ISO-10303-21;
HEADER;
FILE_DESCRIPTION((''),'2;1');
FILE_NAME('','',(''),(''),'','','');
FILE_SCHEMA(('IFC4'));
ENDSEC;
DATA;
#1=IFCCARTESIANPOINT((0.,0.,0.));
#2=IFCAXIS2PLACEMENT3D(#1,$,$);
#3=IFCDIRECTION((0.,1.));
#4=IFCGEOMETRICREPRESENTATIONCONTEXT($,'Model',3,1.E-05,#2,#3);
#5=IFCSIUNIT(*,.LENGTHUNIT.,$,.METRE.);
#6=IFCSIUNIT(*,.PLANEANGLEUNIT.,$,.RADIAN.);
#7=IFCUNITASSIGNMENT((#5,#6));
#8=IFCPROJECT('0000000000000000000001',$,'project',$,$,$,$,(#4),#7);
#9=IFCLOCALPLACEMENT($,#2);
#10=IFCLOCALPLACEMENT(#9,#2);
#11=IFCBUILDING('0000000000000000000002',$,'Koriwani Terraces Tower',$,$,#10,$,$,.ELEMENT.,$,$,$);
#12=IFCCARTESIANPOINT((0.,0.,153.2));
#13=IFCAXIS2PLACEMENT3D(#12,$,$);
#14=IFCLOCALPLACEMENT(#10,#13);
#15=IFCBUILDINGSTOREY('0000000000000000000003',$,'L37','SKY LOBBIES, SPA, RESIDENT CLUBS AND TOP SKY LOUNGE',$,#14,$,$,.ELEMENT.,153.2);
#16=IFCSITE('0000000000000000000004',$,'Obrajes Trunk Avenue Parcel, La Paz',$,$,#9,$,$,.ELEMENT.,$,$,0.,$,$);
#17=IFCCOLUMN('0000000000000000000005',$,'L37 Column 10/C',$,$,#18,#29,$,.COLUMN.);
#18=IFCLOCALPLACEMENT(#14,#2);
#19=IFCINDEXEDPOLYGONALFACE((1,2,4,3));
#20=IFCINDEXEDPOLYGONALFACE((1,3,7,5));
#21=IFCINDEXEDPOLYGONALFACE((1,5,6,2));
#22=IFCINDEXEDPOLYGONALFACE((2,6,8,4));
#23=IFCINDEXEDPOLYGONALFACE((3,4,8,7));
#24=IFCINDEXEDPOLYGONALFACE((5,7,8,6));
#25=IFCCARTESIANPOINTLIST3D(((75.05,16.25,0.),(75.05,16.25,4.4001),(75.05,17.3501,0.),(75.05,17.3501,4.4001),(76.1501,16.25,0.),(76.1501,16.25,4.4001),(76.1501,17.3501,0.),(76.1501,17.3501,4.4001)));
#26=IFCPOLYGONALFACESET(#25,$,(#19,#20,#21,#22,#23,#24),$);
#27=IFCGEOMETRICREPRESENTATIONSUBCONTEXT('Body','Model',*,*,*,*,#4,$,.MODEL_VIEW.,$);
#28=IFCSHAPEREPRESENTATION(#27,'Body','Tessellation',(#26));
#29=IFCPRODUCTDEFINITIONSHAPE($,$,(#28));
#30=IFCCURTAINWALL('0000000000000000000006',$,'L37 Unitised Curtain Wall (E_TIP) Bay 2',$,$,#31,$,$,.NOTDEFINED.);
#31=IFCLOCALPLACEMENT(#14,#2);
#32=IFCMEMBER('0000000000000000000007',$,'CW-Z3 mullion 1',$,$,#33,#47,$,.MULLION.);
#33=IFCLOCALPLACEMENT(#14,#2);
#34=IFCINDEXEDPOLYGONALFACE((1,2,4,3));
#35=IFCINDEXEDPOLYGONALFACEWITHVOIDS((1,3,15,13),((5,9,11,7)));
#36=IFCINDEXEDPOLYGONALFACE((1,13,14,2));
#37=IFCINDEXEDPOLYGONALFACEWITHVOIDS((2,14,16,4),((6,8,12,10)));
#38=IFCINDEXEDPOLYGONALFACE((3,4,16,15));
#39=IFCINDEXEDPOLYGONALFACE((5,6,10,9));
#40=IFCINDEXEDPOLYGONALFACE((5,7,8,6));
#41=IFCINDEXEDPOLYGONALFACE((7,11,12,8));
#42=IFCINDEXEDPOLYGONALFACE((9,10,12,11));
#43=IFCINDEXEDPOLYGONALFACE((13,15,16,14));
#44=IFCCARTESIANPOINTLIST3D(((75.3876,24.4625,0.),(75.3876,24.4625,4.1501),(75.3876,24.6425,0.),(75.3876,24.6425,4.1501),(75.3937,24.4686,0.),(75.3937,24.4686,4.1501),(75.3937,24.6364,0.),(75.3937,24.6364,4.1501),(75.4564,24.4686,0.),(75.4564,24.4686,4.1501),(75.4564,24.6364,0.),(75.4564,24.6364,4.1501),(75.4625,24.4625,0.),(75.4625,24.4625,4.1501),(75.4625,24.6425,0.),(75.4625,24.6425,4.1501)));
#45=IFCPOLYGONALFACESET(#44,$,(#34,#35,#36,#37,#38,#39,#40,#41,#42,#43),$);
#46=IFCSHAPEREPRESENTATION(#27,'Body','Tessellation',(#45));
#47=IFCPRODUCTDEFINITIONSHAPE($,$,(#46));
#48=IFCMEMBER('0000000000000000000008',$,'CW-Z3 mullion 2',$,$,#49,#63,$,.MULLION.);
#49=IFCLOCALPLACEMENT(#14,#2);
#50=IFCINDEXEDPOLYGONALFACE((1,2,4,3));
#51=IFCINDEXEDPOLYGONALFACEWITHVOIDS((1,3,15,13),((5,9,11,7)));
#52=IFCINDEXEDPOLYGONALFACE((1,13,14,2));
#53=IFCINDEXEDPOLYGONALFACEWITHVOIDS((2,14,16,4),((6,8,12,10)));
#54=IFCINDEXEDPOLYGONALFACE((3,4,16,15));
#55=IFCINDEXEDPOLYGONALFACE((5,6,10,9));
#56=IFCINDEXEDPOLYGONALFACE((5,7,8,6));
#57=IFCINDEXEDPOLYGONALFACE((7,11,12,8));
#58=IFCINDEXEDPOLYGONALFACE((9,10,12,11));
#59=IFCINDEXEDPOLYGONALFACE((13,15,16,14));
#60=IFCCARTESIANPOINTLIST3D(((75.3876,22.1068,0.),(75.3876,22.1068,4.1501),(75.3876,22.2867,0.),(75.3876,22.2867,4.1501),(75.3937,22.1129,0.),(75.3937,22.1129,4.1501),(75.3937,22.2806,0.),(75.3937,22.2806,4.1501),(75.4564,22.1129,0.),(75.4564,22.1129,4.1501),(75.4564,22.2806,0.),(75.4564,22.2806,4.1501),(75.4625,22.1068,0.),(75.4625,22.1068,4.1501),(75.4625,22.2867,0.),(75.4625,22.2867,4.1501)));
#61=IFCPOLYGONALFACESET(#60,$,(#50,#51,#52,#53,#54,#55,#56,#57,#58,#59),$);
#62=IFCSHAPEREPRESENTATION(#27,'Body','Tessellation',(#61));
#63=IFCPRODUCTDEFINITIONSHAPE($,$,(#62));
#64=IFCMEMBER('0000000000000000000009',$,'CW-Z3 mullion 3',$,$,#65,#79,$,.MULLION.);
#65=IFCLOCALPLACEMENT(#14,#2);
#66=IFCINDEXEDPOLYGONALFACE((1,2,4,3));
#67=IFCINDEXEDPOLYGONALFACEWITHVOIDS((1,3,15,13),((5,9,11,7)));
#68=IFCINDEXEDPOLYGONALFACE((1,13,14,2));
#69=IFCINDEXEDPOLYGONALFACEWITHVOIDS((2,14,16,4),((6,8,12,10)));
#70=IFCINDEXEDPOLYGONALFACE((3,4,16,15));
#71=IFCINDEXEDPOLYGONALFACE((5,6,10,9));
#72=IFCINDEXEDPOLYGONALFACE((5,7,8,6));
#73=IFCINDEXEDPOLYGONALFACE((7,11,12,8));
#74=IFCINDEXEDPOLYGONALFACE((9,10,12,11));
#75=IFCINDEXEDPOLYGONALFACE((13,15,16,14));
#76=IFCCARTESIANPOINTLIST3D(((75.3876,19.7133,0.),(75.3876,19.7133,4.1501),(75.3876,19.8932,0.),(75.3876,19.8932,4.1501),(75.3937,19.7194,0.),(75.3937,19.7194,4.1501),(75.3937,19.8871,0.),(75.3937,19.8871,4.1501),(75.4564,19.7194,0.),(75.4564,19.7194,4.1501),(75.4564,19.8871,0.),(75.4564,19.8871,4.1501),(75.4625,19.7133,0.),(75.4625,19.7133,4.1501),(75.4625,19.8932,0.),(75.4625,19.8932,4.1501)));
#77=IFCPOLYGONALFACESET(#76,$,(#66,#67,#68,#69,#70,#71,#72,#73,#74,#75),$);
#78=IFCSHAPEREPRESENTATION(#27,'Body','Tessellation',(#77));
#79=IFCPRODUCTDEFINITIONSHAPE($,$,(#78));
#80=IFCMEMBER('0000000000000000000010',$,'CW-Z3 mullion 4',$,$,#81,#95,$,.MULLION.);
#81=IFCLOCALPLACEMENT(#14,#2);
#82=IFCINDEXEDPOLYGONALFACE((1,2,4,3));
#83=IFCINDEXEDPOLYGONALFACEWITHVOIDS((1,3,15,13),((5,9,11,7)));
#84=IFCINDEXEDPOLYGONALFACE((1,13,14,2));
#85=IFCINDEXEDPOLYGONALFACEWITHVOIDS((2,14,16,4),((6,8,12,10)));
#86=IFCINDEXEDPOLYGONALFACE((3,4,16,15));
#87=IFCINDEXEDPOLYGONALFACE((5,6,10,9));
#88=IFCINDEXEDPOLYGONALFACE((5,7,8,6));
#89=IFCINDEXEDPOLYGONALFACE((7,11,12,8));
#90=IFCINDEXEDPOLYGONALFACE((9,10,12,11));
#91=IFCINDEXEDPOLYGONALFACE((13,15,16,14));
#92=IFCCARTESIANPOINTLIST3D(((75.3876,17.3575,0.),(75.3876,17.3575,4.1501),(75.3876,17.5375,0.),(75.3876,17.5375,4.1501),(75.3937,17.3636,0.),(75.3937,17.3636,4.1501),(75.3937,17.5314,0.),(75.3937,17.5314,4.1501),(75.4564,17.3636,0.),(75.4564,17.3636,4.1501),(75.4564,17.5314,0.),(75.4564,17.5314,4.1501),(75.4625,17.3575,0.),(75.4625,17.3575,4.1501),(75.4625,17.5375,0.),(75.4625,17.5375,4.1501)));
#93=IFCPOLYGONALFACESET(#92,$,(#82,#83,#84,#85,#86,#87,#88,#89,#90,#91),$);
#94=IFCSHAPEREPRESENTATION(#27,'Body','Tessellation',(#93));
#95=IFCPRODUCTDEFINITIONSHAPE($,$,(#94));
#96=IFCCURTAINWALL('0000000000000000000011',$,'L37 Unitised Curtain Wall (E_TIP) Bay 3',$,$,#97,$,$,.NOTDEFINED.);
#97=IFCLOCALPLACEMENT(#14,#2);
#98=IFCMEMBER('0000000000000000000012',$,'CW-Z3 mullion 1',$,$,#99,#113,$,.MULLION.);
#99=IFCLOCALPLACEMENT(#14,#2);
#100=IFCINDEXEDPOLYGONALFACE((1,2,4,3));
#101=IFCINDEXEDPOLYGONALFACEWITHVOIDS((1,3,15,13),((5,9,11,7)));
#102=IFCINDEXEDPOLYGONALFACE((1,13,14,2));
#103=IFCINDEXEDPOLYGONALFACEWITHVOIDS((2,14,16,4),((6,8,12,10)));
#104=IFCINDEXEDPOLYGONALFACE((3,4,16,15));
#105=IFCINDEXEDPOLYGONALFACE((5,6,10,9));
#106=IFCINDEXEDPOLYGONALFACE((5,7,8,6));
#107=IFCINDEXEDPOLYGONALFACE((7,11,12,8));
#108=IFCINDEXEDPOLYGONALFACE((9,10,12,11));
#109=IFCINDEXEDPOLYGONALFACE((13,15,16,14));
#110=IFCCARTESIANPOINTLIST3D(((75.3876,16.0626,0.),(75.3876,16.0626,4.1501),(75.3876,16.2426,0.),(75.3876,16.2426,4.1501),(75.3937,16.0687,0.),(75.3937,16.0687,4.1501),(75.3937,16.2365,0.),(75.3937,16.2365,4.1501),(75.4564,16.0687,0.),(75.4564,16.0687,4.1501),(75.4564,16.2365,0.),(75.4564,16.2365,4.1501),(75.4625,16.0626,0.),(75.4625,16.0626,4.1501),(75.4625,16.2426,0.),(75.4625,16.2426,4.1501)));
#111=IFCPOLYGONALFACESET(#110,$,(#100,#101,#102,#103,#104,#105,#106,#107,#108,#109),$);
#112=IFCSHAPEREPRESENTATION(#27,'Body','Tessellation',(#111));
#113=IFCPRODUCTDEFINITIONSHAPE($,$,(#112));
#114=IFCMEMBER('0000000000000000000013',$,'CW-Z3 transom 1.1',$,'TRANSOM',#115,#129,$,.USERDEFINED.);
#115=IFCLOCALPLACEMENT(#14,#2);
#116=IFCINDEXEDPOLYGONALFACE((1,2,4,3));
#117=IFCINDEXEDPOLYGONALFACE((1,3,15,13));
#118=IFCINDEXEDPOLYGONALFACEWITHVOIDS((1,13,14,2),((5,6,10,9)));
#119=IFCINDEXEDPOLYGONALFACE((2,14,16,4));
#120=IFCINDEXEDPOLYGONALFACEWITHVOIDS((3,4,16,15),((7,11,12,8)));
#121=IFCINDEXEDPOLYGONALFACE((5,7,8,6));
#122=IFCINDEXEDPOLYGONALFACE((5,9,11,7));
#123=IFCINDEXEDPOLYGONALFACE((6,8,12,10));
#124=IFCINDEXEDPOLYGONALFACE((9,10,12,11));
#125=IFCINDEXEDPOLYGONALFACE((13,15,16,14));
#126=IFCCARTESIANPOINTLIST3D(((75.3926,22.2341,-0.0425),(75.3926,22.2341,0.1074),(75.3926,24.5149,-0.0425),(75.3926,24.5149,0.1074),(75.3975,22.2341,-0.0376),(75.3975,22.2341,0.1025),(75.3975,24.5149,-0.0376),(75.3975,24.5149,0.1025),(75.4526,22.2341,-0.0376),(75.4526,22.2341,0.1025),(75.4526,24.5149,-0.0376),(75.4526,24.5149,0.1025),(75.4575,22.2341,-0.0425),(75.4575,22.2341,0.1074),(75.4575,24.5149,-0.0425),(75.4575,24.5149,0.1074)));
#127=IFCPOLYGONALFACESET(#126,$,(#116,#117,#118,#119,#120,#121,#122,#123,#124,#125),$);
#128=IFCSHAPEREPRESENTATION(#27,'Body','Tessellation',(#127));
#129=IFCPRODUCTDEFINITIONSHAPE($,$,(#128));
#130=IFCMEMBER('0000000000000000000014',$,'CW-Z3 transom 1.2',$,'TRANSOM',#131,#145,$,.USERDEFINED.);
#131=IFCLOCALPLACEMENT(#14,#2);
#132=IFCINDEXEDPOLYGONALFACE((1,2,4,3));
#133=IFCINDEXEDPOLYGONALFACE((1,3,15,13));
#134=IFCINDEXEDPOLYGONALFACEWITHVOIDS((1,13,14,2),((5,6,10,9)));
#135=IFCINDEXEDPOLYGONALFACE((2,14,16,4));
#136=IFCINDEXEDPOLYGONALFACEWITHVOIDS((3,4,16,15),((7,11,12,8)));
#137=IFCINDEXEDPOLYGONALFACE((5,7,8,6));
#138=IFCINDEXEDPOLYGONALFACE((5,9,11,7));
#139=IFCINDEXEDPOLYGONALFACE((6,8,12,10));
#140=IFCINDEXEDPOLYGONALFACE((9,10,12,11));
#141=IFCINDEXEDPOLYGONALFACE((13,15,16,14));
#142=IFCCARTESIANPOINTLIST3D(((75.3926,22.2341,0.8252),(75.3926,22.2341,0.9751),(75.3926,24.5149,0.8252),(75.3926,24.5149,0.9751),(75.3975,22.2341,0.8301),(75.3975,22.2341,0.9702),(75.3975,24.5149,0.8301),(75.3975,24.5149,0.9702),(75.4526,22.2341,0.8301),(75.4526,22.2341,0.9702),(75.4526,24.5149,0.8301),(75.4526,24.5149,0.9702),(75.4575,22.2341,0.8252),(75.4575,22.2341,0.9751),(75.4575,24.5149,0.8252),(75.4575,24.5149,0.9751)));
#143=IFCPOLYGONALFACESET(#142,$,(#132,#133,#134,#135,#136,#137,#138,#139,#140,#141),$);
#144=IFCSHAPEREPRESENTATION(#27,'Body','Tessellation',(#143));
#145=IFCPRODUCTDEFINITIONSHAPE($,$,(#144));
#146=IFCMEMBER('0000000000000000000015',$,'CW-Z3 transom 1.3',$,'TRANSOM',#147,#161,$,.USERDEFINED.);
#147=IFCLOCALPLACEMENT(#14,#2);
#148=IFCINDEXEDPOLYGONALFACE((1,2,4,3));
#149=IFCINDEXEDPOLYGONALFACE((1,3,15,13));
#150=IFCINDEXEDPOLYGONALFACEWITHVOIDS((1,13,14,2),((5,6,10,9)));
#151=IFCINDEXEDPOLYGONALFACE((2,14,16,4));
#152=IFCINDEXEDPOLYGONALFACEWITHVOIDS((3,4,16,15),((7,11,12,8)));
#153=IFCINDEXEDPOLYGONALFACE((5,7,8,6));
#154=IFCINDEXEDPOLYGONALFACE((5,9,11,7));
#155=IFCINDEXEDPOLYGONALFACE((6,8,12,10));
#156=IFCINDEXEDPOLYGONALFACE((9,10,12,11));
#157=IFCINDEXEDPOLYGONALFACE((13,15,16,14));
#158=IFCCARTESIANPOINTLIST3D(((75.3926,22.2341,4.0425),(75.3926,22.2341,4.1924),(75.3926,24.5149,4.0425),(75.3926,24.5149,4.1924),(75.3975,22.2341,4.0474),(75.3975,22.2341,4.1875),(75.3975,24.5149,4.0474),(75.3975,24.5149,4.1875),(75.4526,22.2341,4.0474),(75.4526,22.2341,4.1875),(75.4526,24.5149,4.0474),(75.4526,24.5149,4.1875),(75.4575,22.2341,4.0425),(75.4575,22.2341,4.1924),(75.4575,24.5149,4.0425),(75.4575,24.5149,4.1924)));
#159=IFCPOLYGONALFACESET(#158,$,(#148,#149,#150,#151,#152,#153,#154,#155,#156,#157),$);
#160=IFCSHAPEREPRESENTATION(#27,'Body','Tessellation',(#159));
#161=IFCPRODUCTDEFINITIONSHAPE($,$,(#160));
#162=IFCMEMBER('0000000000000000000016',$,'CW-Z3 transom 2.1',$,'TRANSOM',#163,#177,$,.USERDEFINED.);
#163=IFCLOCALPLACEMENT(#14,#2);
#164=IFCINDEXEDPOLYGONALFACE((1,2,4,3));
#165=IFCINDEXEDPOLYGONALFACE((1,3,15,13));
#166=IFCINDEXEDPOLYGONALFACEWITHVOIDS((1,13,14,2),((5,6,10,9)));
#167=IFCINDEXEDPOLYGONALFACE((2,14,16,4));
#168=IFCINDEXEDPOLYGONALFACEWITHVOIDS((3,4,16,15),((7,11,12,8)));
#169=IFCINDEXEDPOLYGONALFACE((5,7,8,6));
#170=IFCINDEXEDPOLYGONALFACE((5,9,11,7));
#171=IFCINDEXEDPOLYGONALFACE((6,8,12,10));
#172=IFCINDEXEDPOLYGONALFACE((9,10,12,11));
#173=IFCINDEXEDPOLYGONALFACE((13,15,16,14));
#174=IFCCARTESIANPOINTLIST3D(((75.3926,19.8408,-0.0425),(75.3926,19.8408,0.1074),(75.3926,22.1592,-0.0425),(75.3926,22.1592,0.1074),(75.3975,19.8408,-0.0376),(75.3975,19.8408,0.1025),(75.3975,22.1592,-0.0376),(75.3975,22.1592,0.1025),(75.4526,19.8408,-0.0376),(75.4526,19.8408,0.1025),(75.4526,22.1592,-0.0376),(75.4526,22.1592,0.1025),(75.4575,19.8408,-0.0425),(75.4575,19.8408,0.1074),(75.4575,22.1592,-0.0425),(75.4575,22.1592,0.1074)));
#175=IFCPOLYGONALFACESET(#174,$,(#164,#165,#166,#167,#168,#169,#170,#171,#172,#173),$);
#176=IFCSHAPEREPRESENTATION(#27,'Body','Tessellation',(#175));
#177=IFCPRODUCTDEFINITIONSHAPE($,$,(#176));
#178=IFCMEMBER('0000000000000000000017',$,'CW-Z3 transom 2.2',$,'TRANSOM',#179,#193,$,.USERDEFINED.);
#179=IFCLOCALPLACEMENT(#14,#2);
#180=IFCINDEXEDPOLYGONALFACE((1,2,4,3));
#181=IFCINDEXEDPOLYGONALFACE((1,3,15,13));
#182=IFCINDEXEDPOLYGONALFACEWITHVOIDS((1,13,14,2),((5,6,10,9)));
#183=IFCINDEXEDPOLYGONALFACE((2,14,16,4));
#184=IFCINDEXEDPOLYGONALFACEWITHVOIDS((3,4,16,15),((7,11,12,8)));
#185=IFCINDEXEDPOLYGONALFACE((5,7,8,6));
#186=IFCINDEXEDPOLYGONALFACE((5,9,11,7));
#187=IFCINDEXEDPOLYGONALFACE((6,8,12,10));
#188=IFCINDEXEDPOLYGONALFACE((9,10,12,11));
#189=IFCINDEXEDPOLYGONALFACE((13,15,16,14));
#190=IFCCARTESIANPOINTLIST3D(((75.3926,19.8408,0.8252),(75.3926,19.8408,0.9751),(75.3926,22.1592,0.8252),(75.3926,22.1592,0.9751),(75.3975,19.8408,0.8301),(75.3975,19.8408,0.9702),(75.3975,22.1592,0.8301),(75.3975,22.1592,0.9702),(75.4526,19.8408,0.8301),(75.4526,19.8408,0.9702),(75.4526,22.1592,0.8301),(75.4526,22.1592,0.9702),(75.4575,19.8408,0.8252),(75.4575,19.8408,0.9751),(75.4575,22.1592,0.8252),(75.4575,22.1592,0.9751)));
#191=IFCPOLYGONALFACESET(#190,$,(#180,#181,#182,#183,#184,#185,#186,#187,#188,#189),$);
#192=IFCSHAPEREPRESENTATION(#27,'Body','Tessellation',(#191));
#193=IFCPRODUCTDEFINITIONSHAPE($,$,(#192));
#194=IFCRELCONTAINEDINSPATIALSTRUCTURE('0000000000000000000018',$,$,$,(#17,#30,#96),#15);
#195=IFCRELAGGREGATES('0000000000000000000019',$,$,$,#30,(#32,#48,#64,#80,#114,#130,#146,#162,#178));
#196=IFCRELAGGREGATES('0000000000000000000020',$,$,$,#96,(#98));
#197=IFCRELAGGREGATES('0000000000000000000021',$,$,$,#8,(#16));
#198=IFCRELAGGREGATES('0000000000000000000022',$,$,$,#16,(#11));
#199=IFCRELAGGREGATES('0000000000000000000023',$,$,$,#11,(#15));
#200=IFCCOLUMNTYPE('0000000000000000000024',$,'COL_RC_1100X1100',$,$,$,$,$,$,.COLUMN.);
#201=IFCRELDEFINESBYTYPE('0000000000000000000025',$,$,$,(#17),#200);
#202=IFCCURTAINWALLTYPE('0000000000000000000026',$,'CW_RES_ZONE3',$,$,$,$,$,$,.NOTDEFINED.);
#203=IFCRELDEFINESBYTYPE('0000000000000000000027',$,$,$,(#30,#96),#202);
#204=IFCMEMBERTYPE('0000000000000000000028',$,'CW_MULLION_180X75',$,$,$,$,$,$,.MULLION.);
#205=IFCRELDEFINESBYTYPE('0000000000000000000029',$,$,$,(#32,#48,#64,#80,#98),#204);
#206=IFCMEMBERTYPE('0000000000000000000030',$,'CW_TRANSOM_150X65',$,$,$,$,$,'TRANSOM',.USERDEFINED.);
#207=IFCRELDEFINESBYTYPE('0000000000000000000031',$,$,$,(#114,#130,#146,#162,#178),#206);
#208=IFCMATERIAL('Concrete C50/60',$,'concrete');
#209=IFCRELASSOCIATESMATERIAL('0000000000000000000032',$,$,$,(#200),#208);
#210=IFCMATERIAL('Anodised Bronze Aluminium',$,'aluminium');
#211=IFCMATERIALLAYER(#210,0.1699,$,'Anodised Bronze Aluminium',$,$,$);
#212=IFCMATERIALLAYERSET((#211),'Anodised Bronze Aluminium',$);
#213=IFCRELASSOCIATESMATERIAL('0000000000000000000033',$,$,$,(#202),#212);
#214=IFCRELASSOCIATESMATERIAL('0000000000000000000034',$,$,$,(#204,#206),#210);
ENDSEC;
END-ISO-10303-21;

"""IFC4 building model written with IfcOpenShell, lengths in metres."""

from ifc_helpers import new_model, si_unit, direction, frame, origin, origin_2d, place, context, subcontext, project, spatial, rectangle, hollow_rectangle, extrude, material, layer, layer_set, material_profile, profile_set, type_object, element, aggregate, save


model = new_model("IFC4")

# Units and contexts
model_context = context("Model", 3, precision=1e-05, world=origin(), true_north=direction((0.0, 1.0)))
body_context = subcontext(model_context, "Body", "Model", "MODEL_VIEW")
ifc_project = project(units=[si_unit("LENGTHUNIT", "METRE"), si_unit("PLANEANGLEUNIT", "RADIAN")], contexts=[model_context])

# Site, building, storey
site_placement = place(None, origin())
site = spatial("IfcSite", under=ifc_project, at=site_placement, Name="Obrajes Trunk Avenue Parcel, La Paz", CompositionType="ELEMENT", RefElevation=0.0)
building_placement = place(site_placement, origin())
building = spatial("IfcBuilding", under=site, at=building_placement, Name="Koriwani Terraces Tower", CompositionType="ELEMENT")
storey_placement = place(building_placement, frame((0.0, 0.0, 153.2)))
storey = spatial("IfcBuildingStorey", under=building, at=storey_placement, Name="L37", Description="SKY LOBBIES, SPA, RESIDENT CLUBS AND TOP SKY LOUNGE", CompositionType="ELEMENT", Elevation=153.2)

# Column
ifc_material_1 = material(Name="Concrete C50/60", Category="concrete")
ifc_material_profile_1 = material_profile(ifc_material_1, rectangle(XDim=1.1001, YDim=1.1001, at=origin_2d()), Name="Concrete C50/60", Category="LoadBearing")
ifc_profile_set_1 = profile_set([ifc_material_profile_1], Name="Concrete C50/60")
column_type = type_object("IfcColumnType", Name="COL_RC_1100X1100", PredefinedType="COLUMN", material=ifc_profile_set_1)
column_placement = place(storey_placement, frame((75.6001, 16.8, 0.0), z_axis=(0.0, 0.0, 1.0), x_axis=(1.0, 0.0, 0.0)))
element("IfcColumn", 1, at=column_placement, inside=storey, type_object=column_type, Name="L37 Column 10/C", PredefinedType="COLUMN", context=body_context, shape_type="SweptSolid", body=[
    extrude(rectangle(XDim=1.1001, YDim=1.1001, at=origin_2d()), origin(), (0.0, 0.0, 1.0), 4.4001),
])

# Curtain wall, members
ifc_material_2 = material(Name="Anodised Bronze Aluminium", Category="aluminium")
ifc_layer_1 = layer(ifc_material_2, 0.1699, Name="Anodised Bronze Aluminium")
ifc_layer_set_1 = layer_set([ifc_layer_1], Name="Anodised Bronze Aluminium")
curtain_wall_type = type_object("IfcCurtainWallType", Name="CW_RES_ZONE3", PredefinedType="NOTDEFINED", material=ifc_layer_set_1)
curtain_wall_1_placement = place(storey_placement, origin())
curtain_wall_1 = element("IfcCurtainWall", 2, at=curtain_wall_1_placement, inside=storey, type_object=curtain_wall_type, Name="L37 Unitised Curtain Wall (E_TIP) Bay 2", PredefinedType="NOTDEFINED")
ifc_material_profile_2 = material_profile(ifc_material_2, hollow_rectangle(XDim=0.075, YDim=0.1799, WallThickness=0.0061, at=origin_2d()), Name="Anodised Bronze Aluminium", Category="LoadBearing")
ifc_profile_set_2 = profile_set([ifc_material_profile_2], Name="Anodised Bronze Aluminium")
member_type_1 = type_object("IfcMemberType", Name="CW_MULLION_180X75", PredefinedType="MULLION", material=ifc_profile_set_2)
member_1_placement = place(storey_placement, frame((75.425, 24.5525, 0.0), z_axis=(0.0, 0.0, 1.0), x_axis=(1.0, 0.0, 0.0)))
member_1 = element("IfcMember", 3, at=member_1_placement, type_object=member_type_1, Name="CW-Z3 mullion 1", PredefinedType="MULLION", context=body_context, shape_type="SweptSolid", body=[
    extrude(hollow_rectangle(XDim=0.075, YDim=0.1799, WallThickness=0.0061, at=origin_2d()), origin(), (0.0, 0.0, 1.0), 4.1501),
])
member_2_placement = place(storey_placement, frame((75.425, 22.1968, 0.0), z_axis=(0.0, 0.0, 1.0), x_axis=(1.0, 0.0, 0.0)))
member_2 = element("IfcMember", 4, at=member_2_placement, type_object=member_type_1, Name="CW-Z3 mullion 2", PredefinedType="MULLION", context=body_context, shape_type="SweptSolid", body=[
    extrude(hollow_rectangle(XDim=0.075, YDim=0.1799, WallThickness=0.0061, at=origin_2d()), origin(), (0.0, 0.0, 1.0), 4.1501),
])
member_3_placement = place(storey_placement, frame((75.425, 19.8032, 0.0), z_axis=(0.0, 0.0, 1.0), x_axis=(1.0, 0.0, 0.0)))
member_3 = element("IfcMember", 5, at=member_3_placement, type_object=member_type_1, Name="CW-Z3 mullion 3", PredefinedType="MULLION", context=body_context, shape_type="SweptSolid", body=[
    extrude(hollow_rectangle(XDim=0.075, YDim=0.1799, WallThickness=0.0061, at=origin_2d()), origin(), (0.0, 0.0, 1.0), 4.1501),
])
member_4_placement = place(storey_placement, frame((75.425, 17.4475, 0.0), z_axis=(0.0, 0.0, 1.0), x_axis=(1.0, 0.0, 0.0)))
member_4 = element("IfcMember", 6, at=member_4_placement, type_object=member_type_1, Name="CW-Z3 mullion 4", PredefinedType="MULLION", context=body_context, shape_type="SweptSolid", body=[
    extrude(hollow_rectangle(XDim=0.075, YDim=0.1799, WallThickness=0.0061, at=origin_2d()), origin(), (0.0, 0.0, 1.0), 4.1501),
])

# Curtain wall, member
curtain_wall_2_placement = place(storey_placement, origin())
curtain_wall_2 = element("IfcCurtainWall", 7, at=curtain_wall_2_placement, inside=storey, type_object=curtain_wall_type, Name="L37 Unitised Curtain Wall (E_TIP) Bay 3", PredefinedType="NOTDEFINED")
member_5_placement = place(storey_placement, frame((75.425, 16.1526, 0.0), z_axis=(0.0, 0.0, 1.0), x_axis=(1.0, 0.0, 0.0)))
member_5 = element("IfcMember", 8, at=member_5_placement, type_object=member_type_1, Name="CW-Z3 mullion 1", PredefinedType="MULLION", context=body_context, shape_type="SweptSolid", body=[
    extrude(hollow_rectangle(XDim=0.075, YDim=0.1799, WallThickness=0.0061, at=origin_2d()), origin(), (0.0, 0.0, 1.0), 4.1501),
])

# Members
ifc_material_profile_3 = material_profile(ifc_material_2, hollow_rectangle(XDim=0.0649, YDim=0.1499, WallThickness=0.0049, at=origin_2d()), Name="Anodised Bronze Aluminium", Category="LoadBearing")
ifc_profile_set_3 = profile_set([ifc_material_profile_3], Name="Anodised Bronze Aluminium")
member_type_2 = type_object("IfcMemberType", Name="CW_TRANSOM_150X65", ElementType="TRANSOM", PredefinedType="USERDEFINED", material=ifc_profile_set_3)
member_6_placement = place(storey_placement, frame((75.425, 24.5149, 0.0325), z_axis=(0.0, -1.0, 0.0), x_axis=(1.0, 0.0, 0.0)))
member_6 = element("IfcMember", 9, at=member_6_placement, type_object=member_type_2, Name="CW-Z3 transom 1.1", ObjectType="TRANSOM", PredefinedType="USERDEFINED", context=body_context, shape_type="SweptSolid", body=[
    extrude(hollow_rectangle(XDim=0.0649, YDim=0.1499, WallThickness=0.0049, at=origin_2d()), origin(), (0.0, 0.0, 1.0), 2.2808),
])
member_7_placement = place(storey_placement, frame((75.425, 24.5149, 0.9001), z_axis=(0.0, -1.0, 0.0), x_axis=(1.0, 0.0, 0.0)))
member_7 = element("IfcMember", 10, at=member_7_placement, type_object=member_type_2, Name="CW-Z3 transom 1.2", ObjectType="TRANSOM", PredefinedType="USERDEFINED", context=body_context, shape_type="SweptSolid", body=[
    extrude(hollow_rectangle(XDim=0.0649, YDim=0.1499, WallThickness=0.0049, at=origin_2d()), origin(), (0.0, 0.0, 1.0), 2.2808),
])
member_8_placement = place(storey_placement, frame((75.425, 24.5149, 4.1174), z_axis=(0.0, -1.0, 0.0), x_axis=(1.0, 0.0, 0.0)))
member_8 = element("IfcMember", 11, at=member_8_placement, type_object=member_type_2, Name="CW-Z3 transom 1.3", ObjectType="TRANSOM", PredefinedType="USERDEFINED", context=body_context, shape_type="SweptSolid", body=[
    extrude(hollow_rectangle(XDim=0.0649, YDim=0.1499, WallThickness=0.0049, at=origin_2d()), origin(), (0.0, 0.0, 1.0), 2.2808),
])
member_9_placement = place(storey_placement, frame((75.425, 22.1592, 0.0325), z_axis=(0.0, -1.0, 0.0), x_axis=(1.0, 0.0, 0.0)))
member_9 = element("IfcMember", 12, at=member_9_placement, type_object=member_type_2, Name="CW-Z3 transom 2.1", ObjectType="TRANSOM", PredefinedType="USERDEFINED", context=body_context, shape_type="SweptSolid", body=[
    extrude(hollow_rectangle(XDim=0.0649, YDim=0.1499, WallThickness=0.0049, at=origin_2d()), origin(), (0.0, 0.0, 1.0), 2.3184),
])
member_10_placement = place(storey_placement, frame((75.425, 22.1592, 0.9001), z_axis=(0.0, -1.0, 0.0), x_axis=(1.0, 0.0, 0.0)))
member_10 = element("IfcMember", 13, at=member_10_placement, type_object=member_type_2, Name="CW-Z3 transom 2.2", ObjectType="TRANSOM", PredefinedType="USERDEFINED", context=body_context, shape_type="SweptSolid", body=[
    extrude(hollow_rectangle(XDim=0.0649, YDim=0.1499, WallThickness=0.0049, at=origin_2d()), origin(), (0.0, 0.0, 1.0), 2.3184),
])

aggregate(curtain_wall_1, [member_1, member_2, member_3, member_4, member_6, member_7, member_8, member_9, member_10])
aggregate(curtain_wall_2, [member_5])

save(model, "model.ifc")
